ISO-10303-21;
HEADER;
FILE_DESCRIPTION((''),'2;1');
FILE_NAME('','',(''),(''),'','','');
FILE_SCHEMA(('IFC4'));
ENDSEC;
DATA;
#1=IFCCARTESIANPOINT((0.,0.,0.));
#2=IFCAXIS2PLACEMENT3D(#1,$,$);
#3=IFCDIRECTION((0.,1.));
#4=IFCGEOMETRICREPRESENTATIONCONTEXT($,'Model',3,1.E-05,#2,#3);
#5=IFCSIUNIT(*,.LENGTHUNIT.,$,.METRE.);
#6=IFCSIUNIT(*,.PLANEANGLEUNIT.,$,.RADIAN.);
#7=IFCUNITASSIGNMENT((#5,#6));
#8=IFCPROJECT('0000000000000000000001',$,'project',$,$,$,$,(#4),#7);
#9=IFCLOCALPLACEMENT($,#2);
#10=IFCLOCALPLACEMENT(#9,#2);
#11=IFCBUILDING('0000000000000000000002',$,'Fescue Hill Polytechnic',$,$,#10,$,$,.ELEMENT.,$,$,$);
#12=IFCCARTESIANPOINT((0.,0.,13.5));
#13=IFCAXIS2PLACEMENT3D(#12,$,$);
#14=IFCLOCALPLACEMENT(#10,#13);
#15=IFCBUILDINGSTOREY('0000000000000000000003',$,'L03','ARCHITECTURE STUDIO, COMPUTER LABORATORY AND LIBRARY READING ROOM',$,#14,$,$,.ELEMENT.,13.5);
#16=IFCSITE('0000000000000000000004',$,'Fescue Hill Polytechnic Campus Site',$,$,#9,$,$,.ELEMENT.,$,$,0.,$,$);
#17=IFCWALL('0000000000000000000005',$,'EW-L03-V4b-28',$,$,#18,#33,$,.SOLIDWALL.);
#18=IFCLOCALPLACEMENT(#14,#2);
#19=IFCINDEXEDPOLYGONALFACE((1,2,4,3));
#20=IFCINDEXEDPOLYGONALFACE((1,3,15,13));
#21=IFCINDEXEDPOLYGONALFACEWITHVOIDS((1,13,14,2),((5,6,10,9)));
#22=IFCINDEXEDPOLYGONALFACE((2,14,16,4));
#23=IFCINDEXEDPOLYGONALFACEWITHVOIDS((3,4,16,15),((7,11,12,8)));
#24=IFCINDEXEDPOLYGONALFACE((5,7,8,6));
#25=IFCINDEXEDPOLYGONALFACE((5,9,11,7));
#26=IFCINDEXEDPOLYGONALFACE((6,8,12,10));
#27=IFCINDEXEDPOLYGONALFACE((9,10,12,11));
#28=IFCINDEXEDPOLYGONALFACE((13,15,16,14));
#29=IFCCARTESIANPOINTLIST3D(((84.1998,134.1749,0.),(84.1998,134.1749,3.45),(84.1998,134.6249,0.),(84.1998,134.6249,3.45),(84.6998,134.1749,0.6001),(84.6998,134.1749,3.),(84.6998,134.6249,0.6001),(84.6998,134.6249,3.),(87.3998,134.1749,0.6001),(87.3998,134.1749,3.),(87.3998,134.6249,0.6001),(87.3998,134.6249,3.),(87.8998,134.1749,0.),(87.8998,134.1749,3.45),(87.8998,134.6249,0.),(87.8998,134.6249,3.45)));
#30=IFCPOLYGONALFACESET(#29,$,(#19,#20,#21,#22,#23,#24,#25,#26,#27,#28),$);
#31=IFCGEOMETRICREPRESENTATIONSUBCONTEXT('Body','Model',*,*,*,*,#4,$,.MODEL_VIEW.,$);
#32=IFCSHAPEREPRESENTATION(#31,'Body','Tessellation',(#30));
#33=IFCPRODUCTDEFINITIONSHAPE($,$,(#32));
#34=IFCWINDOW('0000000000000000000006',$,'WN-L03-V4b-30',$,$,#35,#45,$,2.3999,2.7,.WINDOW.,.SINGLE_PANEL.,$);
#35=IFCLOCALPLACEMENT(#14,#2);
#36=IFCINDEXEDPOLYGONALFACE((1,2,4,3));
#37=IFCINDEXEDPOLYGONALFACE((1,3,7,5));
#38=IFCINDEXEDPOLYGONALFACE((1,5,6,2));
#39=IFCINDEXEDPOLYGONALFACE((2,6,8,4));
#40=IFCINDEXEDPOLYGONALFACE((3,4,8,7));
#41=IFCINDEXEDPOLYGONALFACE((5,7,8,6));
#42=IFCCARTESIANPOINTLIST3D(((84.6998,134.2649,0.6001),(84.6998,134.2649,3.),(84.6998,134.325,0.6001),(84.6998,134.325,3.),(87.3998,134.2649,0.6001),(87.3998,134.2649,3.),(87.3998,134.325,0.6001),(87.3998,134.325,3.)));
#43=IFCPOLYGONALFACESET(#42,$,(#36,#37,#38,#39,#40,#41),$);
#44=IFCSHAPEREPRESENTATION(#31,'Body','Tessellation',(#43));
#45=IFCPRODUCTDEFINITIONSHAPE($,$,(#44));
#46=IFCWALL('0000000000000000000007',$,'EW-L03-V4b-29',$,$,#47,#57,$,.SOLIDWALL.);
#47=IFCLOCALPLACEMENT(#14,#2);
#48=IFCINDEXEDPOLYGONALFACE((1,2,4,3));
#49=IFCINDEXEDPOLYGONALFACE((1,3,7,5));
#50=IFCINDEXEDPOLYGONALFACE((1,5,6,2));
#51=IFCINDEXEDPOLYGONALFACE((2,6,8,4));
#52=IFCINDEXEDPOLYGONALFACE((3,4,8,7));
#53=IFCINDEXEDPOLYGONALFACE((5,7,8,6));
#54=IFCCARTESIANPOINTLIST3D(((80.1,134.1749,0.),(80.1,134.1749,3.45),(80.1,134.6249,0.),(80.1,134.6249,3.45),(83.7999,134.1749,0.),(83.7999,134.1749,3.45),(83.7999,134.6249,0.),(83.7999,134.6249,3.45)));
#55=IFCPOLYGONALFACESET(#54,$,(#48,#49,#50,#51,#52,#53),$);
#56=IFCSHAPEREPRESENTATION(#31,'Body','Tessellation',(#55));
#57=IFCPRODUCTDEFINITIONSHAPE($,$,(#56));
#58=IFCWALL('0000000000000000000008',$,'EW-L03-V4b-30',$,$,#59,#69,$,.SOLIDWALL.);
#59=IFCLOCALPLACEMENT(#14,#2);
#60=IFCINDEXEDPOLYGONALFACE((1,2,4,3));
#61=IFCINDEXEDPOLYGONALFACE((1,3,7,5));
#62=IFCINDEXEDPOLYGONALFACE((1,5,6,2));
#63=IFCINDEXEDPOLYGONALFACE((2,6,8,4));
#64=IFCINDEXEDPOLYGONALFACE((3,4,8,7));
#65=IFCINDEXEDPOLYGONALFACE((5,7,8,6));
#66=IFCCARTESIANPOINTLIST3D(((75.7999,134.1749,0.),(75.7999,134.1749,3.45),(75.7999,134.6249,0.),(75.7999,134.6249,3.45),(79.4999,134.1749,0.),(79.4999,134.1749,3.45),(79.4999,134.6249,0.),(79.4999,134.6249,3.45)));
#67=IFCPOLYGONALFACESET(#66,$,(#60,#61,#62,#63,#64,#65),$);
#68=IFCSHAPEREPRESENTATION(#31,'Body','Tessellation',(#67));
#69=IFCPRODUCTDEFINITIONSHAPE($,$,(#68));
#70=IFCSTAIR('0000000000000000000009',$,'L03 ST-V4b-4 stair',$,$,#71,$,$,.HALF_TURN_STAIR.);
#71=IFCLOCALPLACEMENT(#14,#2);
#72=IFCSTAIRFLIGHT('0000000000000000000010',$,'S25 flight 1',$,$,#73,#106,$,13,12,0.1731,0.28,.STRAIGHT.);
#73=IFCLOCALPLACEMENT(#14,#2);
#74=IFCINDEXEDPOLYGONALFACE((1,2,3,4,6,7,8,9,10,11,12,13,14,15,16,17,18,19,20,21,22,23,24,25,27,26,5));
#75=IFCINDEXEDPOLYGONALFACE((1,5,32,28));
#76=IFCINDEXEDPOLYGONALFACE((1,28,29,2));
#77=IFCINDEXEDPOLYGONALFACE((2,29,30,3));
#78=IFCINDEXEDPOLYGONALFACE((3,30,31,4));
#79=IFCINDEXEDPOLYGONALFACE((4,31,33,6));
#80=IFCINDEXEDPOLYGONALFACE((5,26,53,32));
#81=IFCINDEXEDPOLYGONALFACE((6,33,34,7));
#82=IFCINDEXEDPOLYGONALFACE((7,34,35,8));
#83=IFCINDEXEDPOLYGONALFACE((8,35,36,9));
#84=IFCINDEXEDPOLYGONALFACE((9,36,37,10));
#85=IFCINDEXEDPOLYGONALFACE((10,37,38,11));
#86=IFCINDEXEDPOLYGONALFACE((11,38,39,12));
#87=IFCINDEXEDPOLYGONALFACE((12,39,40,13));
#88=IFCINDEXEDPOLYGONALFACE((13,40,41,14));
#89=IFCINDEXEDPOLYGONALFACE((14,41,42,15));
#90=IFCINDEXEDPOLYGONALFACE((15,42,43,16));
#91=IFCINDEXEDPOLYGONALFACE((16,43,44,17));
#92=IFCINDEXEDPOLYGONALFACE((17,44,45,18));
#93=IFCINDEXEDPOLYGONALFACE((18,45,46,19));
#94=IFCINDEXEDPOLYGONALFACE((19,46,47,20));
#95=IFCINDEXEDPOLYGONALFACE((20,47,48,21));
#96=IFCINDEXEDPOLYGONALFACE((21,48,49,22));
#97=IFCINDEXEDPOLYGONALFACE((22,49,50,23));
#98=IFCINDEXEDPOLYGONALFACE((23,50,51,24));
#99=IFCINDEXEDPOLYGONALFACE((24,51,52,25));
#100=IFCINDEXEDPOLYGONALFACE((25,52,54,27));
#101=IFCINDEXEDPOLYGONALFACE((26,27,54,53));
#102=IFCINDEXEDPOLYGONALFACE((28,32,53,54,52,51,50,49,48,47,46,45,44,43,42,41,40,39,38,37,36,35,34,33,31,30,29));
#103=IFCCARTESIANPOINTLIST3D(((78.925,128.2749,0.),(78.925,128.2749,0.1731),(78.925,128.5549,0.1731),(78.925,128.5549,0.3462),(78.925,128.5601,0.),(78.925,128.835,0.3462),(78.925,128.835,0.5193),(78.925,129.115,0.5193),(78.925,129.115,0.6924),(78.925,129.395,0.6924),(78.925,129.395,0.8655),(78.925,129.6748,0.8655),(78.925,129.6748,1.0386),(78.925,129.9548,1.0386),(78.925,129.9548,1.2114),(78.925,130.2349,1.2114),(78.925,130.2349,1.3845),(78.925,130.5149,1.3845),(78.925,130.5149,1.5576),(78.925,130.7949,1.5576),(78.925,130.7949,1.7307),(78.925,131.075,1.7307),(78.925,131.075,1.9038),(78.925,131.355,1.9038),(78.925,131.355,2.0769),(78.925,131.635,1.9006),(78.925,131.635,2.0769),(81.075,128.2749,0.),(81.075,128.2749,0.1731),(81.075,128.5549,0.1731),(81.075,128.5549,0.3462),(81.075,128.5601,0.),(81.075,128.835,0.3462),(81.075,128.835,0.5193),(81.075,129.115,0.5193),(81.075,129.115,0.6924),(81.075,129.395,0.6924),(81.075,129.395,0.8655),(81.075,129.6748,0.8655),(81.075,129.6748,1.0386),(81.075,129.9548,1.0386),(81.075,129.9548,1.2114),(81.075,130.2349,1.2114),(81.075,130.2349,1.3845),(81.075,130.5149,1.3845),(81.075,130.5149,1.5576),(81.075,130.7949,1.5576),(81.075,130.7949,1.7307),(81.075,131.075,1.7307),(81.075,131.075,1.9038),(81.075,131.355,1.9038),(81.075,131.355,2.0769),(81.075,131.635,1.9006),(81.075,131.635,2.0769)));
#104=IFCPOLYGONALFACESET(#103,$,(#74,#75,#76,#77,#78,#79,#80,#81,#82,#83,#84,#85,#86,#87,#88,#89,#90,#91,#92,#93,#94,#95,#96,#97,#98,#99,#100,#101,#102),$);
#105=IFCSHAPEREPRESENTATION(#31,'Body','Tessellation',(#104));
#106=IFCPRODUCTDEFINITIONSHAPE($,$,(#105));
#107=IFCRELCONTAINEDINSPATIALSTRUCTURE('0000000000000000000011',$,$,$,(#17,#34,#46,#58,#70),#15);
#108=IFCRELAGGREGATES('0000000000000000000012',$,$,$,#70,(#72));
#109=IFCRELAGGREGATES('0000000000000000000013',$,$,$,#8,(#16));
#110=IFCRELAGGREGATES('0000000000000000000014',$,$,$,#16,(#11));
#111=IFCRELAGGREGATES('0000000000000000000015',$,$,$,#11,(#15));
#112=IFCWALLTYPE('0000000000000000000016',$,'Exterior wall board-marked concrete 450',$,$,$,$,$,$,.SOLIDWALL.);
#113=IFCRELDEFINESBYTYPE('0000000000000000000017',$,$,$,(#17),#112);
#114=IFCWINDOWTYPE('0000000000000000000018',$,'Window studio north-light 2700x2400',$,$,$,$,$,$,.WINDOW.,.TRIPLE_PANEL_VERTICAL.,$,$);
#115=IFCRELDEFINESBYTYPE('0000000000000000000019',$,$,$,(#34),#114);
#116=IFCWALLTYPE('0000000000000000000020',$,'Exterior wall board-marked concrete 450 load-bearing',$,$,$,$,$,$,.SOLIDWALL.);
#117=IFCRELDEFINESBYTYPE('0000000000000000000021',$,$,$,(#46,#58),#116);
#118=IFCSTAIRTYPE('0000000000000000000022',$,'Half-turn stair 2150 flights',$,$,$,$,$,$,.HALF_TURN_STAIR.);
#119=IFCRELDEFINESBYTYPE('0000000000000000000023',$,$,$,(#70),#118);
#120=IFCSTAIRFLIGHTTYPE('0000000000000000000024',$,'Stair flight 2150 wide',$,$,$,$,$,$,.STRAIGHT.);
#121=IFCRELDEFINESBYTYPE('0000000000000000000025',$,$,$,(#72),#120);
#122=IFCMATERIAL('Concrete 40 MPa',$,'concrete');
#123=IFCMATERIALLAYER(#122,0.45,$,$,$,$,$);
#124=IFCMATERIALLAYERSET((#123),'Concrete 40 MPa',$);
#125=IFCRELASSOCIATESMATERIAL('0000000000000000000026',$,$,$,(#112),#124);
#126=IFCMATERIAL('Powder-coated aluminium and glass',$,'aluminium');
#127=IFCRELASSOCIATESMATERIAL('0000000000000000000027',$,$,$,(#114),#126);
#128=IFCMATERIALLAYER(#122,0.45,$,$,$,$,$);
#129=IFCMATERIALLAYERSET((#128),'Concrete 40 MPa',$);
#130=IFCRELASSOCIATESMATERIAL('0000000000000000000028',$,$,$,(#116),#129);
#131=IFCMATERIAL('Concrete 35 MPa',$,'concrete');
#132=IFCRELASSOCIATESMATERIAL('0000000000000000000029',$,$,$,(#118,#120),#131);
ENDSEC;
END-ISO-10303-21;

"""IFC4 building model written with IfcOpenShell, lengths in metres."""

from ifc_helpers import new_model, si_unit, direction, frame, frame_2d, origin, place, context, subcontext, project, spatial, polyline, rectangle, outline, extrude, material, layer, layer_set, type_object, element, fill, aggregate, save


model = new_model("IFC4")

# Units and contexts
model_context = context("Model", 3, precision=1e-05, world=origin(), true_north=direction((0.0, 1.0)))
body_context = subcontext(model_context, "Body", "Model", "MODEL_VIEW")
ifc_project = project(units=[si_unit("LENGTHUNIT", "METRE"), si_unit("PLANEANGLEUNIT", "RADIAN")], contexts=[model_context])

# Site, building, storey
site_placement = place(None, origin())
site = spatial("IfcSite", under=ifc_project, at=site_placement, Name="Fescue Hill Polytechnic Campus Site", CompositionType="ELEMENT", RefElevation=0.0)
building_placement = place(site_placement, origin())
building = spatial("IfcBuilding", under=site, at=building_placement, Name="Fescue Hill Polytechnic", CompositionType="ELEMENT")
storey_placement = place(building_placement, frame((0.0, 0.0, 13.5)))
storey = spatial("IfcBuildingStorey", under=building, at=storey_placement, Name="L03", Description="ARCHITECTURE STUDIO, COMPUTER LABORATORY AND LIBRARY READING ROOM", CompositionType="ELEMENT", Elevation=13.5)

# Shared definitions
ifc_material_1 = material(Name="Concrete 40 MPa", Category="concrete")

# Shared definitions
ifc_material_2 = material(Name="Concrete 35 MPa", Category="concrete")

# Wall, opening, window
ifc_layer_1 = layer(ifc_material_1, 0.45)
ifc_layer_set_1 = layer_set([ifc_layer_1], Name="Concrete 40 MPa")
wall_type_1 = type_object("IfcWallType", Name="Exterior wall board-marked concrete 450", PredefinedType="SOLIDWALL", material=ifc_layer_set_1)
ifc_material_3 = material(Name="Powder-coated aluminium and glass", Category="aluminium")
window_type = type_object("IfcWindowType", Name="Window studio north-light 2700x2400", PartitioningType="TRIPLE_PANEL_VERTICAL", PredefinedType="WINDOW", material=ifc_material_3)
wall_1_placement = place(storey_placement, frame((87.8999, 134.3999, 0.0), z_axis=(0.0, 0.0, 1.0), x_axis=(-1.0, 0.0, 0.0)))
wall_1 = element("IfcWall", 1, at=wall_1_placement, inside=storey, type_object=wall_type_1, Name="EW-L03-V4b-28", PredefinedType="SOLIDWALL", context=body_context, shape_type="SweptSolid", body=[
    extrude(rectangle(XDim=3.7, YDim=0.45, at=frame_2d((1.8501, 0.0))), origin(), (0.0, 0.0, 1.0), 3.45),
])
opening_1_placement = place(wall_1_placement, frame((0.5, 0.0, 0.6001)))
opening_1 = element("IfcOpeningElement", 2, at=opening_1_placement, cuts=wall_1, PredefinedType="OPENING", context=body_context, shape_type="SweptSolid", body=[
    extrude(rectangle(XDim=2.7, YDim=2.3999, at=frame_2d((1.3501, 1.2))), frame((0.0, 0.2349, 0.0), z_axis=(0.0, -1.0, 0.0), x_axis=(1.0, 0.0, 0.0)), (0.0, 0.0, 1.0), 0.47),
])
window_1_placement = place(opening_1_placement, origin())
window_1 = element("IfcWindow", 3, at=window_1_placement, inside=storey, type_object=window_type, Name="WN-L03-V4b-30", OverallHeight=2.3999, OverallWidth=2.7, PartitioningType="SINGLE_PANEL", PredefinedType="WINDOW", context=body_context, shape_type="SweptSolid", body=[
    extrude(rectangle(XDim=2.7, YDim=2.3999, at=frame_2d((1.3501, 1.2))), frame((0.0, 0.135, 0.0), z_axis=(0.0, -1.0, 0.0), x_axis=(1.0, 0.0, 0.0)), (0.0, 0.0, 1.0), 0.0601),
])
fill(opening_1, window_1)

# Walls
ifc_layer_2 = layer(ifc_material_1, 0.45)
ifc_layer_set_2 = layer_set([ifc_layer_2], Name="Concrete 40 MPa")
wall_type_2 = type_object("IfcWallType", Name="Exterior wall board-marked concrete 450 load-bearing", PredefinedType="SOLIDWALL", material=ifc_layer_set_2)
for number, where, z_axis, x_axis, name in (
    (4, (83.8, 134.3999, 0.0), (0.0, 0.0, 1.0), (-1.0, 0.0, 0.0), "EW-L03-V4b-29"),
    (5, (79.5, 134.3999, 0.0), (0.0, 0.0, 1.0), (-1.0, 0.0, 0.0), "EW-L03-V4b-30"),
):
    element("IfcWall", number, at=place(storey_placement, frame(where, z_axis=z_axis, x_axis=x_axis)), inside=storey, type_object=wall_type_2, Name=name, PredefinedType="SOLIDWALL", context=body_context, shape_type="SweptSolid", body=[
        extrude(rectangle(XDim=3.7, YDim=0.45, at=frame_2d((1.8501, 0.0))), origin(), (0.0, 0.0, 1.0), 3.45),
    ])

# Stair, stair flight
stair_type = type_object("IfcStairType", Name="Half-turn stair 2150 flights", PredefinedType="HALF_TURN_STAIR", material=ifc_material_2)
stair_placement = place(storey_placement, origin())
stair = element("IfcStair", 6, at=stair_placement, inside=storey, type_object=stair_type, Name="L03 ST-V4b-4 stair", PredefinedType="HALF_TURN_STAIR")
stair_flight_type = type_object("IfcStairFlightType", Name="Stair flight 2150 wide", PredefinedType="STRAIGHT", material=ifc_material_2)
stair_flight_placement = place(storey_placement, frame((80.0, 128.2749, 0.0), z_axis=(0.0, 0.0, 1.0), x_axis=(0.0, 1.0, 0.0)))
stair_flight = element("IfcStairFlight", 7, at=stair_flight_placement, type_object=stair_flight_type, Name="S25 flight 1", NumberOfRisers=13, NumberOfTreads=12, PredefinedType="STRAIGHT", RiserHeight=0.1731, TreadLength=0.28, context=body_context, shape_type="SweptSolid", body=[
    extrude(outline(polyline([(0.0, 0.0), (0.0, 0.1731), (0.28, 0.1731), (0.28, 0.3462), (0.5601, 0.3462), (0.5601, 0.5193), (0.8401, 0.5193), (0.8401, 0.6924), (1.1201, 0.6924), (1.1201, 0.8655), (1.3999, 0.8655), (1.3999, 1.0386), (1.6799, 1.0386), (1.6799, 1.2114), (1.96, 1.2114), (1.96, 1.3845), (2.24, 1.3845), (2.24, 1.5576), (2.52, 1.5576), (2.52, 1.7307), (2.8, 1.7307), (2.8, 1.9038), (3.0801, 1.9038), (3.0801, 2.0769), (3.3601, 2.0769), (3.3601, 2.25), (3.3601, 1.9006), (0.2852, 0.0), (0.0, 0.0)])), frame((0.0, 1.075, 0.0), z_axis=(0.0, -1.0, 0.0), x_axis=(1.0, 0.0, 0.0)), (0.0, 0.0, 1.0), 2.1499),
])
aggregate(stair, [stair_flight])

save(model, "model.ifc")
